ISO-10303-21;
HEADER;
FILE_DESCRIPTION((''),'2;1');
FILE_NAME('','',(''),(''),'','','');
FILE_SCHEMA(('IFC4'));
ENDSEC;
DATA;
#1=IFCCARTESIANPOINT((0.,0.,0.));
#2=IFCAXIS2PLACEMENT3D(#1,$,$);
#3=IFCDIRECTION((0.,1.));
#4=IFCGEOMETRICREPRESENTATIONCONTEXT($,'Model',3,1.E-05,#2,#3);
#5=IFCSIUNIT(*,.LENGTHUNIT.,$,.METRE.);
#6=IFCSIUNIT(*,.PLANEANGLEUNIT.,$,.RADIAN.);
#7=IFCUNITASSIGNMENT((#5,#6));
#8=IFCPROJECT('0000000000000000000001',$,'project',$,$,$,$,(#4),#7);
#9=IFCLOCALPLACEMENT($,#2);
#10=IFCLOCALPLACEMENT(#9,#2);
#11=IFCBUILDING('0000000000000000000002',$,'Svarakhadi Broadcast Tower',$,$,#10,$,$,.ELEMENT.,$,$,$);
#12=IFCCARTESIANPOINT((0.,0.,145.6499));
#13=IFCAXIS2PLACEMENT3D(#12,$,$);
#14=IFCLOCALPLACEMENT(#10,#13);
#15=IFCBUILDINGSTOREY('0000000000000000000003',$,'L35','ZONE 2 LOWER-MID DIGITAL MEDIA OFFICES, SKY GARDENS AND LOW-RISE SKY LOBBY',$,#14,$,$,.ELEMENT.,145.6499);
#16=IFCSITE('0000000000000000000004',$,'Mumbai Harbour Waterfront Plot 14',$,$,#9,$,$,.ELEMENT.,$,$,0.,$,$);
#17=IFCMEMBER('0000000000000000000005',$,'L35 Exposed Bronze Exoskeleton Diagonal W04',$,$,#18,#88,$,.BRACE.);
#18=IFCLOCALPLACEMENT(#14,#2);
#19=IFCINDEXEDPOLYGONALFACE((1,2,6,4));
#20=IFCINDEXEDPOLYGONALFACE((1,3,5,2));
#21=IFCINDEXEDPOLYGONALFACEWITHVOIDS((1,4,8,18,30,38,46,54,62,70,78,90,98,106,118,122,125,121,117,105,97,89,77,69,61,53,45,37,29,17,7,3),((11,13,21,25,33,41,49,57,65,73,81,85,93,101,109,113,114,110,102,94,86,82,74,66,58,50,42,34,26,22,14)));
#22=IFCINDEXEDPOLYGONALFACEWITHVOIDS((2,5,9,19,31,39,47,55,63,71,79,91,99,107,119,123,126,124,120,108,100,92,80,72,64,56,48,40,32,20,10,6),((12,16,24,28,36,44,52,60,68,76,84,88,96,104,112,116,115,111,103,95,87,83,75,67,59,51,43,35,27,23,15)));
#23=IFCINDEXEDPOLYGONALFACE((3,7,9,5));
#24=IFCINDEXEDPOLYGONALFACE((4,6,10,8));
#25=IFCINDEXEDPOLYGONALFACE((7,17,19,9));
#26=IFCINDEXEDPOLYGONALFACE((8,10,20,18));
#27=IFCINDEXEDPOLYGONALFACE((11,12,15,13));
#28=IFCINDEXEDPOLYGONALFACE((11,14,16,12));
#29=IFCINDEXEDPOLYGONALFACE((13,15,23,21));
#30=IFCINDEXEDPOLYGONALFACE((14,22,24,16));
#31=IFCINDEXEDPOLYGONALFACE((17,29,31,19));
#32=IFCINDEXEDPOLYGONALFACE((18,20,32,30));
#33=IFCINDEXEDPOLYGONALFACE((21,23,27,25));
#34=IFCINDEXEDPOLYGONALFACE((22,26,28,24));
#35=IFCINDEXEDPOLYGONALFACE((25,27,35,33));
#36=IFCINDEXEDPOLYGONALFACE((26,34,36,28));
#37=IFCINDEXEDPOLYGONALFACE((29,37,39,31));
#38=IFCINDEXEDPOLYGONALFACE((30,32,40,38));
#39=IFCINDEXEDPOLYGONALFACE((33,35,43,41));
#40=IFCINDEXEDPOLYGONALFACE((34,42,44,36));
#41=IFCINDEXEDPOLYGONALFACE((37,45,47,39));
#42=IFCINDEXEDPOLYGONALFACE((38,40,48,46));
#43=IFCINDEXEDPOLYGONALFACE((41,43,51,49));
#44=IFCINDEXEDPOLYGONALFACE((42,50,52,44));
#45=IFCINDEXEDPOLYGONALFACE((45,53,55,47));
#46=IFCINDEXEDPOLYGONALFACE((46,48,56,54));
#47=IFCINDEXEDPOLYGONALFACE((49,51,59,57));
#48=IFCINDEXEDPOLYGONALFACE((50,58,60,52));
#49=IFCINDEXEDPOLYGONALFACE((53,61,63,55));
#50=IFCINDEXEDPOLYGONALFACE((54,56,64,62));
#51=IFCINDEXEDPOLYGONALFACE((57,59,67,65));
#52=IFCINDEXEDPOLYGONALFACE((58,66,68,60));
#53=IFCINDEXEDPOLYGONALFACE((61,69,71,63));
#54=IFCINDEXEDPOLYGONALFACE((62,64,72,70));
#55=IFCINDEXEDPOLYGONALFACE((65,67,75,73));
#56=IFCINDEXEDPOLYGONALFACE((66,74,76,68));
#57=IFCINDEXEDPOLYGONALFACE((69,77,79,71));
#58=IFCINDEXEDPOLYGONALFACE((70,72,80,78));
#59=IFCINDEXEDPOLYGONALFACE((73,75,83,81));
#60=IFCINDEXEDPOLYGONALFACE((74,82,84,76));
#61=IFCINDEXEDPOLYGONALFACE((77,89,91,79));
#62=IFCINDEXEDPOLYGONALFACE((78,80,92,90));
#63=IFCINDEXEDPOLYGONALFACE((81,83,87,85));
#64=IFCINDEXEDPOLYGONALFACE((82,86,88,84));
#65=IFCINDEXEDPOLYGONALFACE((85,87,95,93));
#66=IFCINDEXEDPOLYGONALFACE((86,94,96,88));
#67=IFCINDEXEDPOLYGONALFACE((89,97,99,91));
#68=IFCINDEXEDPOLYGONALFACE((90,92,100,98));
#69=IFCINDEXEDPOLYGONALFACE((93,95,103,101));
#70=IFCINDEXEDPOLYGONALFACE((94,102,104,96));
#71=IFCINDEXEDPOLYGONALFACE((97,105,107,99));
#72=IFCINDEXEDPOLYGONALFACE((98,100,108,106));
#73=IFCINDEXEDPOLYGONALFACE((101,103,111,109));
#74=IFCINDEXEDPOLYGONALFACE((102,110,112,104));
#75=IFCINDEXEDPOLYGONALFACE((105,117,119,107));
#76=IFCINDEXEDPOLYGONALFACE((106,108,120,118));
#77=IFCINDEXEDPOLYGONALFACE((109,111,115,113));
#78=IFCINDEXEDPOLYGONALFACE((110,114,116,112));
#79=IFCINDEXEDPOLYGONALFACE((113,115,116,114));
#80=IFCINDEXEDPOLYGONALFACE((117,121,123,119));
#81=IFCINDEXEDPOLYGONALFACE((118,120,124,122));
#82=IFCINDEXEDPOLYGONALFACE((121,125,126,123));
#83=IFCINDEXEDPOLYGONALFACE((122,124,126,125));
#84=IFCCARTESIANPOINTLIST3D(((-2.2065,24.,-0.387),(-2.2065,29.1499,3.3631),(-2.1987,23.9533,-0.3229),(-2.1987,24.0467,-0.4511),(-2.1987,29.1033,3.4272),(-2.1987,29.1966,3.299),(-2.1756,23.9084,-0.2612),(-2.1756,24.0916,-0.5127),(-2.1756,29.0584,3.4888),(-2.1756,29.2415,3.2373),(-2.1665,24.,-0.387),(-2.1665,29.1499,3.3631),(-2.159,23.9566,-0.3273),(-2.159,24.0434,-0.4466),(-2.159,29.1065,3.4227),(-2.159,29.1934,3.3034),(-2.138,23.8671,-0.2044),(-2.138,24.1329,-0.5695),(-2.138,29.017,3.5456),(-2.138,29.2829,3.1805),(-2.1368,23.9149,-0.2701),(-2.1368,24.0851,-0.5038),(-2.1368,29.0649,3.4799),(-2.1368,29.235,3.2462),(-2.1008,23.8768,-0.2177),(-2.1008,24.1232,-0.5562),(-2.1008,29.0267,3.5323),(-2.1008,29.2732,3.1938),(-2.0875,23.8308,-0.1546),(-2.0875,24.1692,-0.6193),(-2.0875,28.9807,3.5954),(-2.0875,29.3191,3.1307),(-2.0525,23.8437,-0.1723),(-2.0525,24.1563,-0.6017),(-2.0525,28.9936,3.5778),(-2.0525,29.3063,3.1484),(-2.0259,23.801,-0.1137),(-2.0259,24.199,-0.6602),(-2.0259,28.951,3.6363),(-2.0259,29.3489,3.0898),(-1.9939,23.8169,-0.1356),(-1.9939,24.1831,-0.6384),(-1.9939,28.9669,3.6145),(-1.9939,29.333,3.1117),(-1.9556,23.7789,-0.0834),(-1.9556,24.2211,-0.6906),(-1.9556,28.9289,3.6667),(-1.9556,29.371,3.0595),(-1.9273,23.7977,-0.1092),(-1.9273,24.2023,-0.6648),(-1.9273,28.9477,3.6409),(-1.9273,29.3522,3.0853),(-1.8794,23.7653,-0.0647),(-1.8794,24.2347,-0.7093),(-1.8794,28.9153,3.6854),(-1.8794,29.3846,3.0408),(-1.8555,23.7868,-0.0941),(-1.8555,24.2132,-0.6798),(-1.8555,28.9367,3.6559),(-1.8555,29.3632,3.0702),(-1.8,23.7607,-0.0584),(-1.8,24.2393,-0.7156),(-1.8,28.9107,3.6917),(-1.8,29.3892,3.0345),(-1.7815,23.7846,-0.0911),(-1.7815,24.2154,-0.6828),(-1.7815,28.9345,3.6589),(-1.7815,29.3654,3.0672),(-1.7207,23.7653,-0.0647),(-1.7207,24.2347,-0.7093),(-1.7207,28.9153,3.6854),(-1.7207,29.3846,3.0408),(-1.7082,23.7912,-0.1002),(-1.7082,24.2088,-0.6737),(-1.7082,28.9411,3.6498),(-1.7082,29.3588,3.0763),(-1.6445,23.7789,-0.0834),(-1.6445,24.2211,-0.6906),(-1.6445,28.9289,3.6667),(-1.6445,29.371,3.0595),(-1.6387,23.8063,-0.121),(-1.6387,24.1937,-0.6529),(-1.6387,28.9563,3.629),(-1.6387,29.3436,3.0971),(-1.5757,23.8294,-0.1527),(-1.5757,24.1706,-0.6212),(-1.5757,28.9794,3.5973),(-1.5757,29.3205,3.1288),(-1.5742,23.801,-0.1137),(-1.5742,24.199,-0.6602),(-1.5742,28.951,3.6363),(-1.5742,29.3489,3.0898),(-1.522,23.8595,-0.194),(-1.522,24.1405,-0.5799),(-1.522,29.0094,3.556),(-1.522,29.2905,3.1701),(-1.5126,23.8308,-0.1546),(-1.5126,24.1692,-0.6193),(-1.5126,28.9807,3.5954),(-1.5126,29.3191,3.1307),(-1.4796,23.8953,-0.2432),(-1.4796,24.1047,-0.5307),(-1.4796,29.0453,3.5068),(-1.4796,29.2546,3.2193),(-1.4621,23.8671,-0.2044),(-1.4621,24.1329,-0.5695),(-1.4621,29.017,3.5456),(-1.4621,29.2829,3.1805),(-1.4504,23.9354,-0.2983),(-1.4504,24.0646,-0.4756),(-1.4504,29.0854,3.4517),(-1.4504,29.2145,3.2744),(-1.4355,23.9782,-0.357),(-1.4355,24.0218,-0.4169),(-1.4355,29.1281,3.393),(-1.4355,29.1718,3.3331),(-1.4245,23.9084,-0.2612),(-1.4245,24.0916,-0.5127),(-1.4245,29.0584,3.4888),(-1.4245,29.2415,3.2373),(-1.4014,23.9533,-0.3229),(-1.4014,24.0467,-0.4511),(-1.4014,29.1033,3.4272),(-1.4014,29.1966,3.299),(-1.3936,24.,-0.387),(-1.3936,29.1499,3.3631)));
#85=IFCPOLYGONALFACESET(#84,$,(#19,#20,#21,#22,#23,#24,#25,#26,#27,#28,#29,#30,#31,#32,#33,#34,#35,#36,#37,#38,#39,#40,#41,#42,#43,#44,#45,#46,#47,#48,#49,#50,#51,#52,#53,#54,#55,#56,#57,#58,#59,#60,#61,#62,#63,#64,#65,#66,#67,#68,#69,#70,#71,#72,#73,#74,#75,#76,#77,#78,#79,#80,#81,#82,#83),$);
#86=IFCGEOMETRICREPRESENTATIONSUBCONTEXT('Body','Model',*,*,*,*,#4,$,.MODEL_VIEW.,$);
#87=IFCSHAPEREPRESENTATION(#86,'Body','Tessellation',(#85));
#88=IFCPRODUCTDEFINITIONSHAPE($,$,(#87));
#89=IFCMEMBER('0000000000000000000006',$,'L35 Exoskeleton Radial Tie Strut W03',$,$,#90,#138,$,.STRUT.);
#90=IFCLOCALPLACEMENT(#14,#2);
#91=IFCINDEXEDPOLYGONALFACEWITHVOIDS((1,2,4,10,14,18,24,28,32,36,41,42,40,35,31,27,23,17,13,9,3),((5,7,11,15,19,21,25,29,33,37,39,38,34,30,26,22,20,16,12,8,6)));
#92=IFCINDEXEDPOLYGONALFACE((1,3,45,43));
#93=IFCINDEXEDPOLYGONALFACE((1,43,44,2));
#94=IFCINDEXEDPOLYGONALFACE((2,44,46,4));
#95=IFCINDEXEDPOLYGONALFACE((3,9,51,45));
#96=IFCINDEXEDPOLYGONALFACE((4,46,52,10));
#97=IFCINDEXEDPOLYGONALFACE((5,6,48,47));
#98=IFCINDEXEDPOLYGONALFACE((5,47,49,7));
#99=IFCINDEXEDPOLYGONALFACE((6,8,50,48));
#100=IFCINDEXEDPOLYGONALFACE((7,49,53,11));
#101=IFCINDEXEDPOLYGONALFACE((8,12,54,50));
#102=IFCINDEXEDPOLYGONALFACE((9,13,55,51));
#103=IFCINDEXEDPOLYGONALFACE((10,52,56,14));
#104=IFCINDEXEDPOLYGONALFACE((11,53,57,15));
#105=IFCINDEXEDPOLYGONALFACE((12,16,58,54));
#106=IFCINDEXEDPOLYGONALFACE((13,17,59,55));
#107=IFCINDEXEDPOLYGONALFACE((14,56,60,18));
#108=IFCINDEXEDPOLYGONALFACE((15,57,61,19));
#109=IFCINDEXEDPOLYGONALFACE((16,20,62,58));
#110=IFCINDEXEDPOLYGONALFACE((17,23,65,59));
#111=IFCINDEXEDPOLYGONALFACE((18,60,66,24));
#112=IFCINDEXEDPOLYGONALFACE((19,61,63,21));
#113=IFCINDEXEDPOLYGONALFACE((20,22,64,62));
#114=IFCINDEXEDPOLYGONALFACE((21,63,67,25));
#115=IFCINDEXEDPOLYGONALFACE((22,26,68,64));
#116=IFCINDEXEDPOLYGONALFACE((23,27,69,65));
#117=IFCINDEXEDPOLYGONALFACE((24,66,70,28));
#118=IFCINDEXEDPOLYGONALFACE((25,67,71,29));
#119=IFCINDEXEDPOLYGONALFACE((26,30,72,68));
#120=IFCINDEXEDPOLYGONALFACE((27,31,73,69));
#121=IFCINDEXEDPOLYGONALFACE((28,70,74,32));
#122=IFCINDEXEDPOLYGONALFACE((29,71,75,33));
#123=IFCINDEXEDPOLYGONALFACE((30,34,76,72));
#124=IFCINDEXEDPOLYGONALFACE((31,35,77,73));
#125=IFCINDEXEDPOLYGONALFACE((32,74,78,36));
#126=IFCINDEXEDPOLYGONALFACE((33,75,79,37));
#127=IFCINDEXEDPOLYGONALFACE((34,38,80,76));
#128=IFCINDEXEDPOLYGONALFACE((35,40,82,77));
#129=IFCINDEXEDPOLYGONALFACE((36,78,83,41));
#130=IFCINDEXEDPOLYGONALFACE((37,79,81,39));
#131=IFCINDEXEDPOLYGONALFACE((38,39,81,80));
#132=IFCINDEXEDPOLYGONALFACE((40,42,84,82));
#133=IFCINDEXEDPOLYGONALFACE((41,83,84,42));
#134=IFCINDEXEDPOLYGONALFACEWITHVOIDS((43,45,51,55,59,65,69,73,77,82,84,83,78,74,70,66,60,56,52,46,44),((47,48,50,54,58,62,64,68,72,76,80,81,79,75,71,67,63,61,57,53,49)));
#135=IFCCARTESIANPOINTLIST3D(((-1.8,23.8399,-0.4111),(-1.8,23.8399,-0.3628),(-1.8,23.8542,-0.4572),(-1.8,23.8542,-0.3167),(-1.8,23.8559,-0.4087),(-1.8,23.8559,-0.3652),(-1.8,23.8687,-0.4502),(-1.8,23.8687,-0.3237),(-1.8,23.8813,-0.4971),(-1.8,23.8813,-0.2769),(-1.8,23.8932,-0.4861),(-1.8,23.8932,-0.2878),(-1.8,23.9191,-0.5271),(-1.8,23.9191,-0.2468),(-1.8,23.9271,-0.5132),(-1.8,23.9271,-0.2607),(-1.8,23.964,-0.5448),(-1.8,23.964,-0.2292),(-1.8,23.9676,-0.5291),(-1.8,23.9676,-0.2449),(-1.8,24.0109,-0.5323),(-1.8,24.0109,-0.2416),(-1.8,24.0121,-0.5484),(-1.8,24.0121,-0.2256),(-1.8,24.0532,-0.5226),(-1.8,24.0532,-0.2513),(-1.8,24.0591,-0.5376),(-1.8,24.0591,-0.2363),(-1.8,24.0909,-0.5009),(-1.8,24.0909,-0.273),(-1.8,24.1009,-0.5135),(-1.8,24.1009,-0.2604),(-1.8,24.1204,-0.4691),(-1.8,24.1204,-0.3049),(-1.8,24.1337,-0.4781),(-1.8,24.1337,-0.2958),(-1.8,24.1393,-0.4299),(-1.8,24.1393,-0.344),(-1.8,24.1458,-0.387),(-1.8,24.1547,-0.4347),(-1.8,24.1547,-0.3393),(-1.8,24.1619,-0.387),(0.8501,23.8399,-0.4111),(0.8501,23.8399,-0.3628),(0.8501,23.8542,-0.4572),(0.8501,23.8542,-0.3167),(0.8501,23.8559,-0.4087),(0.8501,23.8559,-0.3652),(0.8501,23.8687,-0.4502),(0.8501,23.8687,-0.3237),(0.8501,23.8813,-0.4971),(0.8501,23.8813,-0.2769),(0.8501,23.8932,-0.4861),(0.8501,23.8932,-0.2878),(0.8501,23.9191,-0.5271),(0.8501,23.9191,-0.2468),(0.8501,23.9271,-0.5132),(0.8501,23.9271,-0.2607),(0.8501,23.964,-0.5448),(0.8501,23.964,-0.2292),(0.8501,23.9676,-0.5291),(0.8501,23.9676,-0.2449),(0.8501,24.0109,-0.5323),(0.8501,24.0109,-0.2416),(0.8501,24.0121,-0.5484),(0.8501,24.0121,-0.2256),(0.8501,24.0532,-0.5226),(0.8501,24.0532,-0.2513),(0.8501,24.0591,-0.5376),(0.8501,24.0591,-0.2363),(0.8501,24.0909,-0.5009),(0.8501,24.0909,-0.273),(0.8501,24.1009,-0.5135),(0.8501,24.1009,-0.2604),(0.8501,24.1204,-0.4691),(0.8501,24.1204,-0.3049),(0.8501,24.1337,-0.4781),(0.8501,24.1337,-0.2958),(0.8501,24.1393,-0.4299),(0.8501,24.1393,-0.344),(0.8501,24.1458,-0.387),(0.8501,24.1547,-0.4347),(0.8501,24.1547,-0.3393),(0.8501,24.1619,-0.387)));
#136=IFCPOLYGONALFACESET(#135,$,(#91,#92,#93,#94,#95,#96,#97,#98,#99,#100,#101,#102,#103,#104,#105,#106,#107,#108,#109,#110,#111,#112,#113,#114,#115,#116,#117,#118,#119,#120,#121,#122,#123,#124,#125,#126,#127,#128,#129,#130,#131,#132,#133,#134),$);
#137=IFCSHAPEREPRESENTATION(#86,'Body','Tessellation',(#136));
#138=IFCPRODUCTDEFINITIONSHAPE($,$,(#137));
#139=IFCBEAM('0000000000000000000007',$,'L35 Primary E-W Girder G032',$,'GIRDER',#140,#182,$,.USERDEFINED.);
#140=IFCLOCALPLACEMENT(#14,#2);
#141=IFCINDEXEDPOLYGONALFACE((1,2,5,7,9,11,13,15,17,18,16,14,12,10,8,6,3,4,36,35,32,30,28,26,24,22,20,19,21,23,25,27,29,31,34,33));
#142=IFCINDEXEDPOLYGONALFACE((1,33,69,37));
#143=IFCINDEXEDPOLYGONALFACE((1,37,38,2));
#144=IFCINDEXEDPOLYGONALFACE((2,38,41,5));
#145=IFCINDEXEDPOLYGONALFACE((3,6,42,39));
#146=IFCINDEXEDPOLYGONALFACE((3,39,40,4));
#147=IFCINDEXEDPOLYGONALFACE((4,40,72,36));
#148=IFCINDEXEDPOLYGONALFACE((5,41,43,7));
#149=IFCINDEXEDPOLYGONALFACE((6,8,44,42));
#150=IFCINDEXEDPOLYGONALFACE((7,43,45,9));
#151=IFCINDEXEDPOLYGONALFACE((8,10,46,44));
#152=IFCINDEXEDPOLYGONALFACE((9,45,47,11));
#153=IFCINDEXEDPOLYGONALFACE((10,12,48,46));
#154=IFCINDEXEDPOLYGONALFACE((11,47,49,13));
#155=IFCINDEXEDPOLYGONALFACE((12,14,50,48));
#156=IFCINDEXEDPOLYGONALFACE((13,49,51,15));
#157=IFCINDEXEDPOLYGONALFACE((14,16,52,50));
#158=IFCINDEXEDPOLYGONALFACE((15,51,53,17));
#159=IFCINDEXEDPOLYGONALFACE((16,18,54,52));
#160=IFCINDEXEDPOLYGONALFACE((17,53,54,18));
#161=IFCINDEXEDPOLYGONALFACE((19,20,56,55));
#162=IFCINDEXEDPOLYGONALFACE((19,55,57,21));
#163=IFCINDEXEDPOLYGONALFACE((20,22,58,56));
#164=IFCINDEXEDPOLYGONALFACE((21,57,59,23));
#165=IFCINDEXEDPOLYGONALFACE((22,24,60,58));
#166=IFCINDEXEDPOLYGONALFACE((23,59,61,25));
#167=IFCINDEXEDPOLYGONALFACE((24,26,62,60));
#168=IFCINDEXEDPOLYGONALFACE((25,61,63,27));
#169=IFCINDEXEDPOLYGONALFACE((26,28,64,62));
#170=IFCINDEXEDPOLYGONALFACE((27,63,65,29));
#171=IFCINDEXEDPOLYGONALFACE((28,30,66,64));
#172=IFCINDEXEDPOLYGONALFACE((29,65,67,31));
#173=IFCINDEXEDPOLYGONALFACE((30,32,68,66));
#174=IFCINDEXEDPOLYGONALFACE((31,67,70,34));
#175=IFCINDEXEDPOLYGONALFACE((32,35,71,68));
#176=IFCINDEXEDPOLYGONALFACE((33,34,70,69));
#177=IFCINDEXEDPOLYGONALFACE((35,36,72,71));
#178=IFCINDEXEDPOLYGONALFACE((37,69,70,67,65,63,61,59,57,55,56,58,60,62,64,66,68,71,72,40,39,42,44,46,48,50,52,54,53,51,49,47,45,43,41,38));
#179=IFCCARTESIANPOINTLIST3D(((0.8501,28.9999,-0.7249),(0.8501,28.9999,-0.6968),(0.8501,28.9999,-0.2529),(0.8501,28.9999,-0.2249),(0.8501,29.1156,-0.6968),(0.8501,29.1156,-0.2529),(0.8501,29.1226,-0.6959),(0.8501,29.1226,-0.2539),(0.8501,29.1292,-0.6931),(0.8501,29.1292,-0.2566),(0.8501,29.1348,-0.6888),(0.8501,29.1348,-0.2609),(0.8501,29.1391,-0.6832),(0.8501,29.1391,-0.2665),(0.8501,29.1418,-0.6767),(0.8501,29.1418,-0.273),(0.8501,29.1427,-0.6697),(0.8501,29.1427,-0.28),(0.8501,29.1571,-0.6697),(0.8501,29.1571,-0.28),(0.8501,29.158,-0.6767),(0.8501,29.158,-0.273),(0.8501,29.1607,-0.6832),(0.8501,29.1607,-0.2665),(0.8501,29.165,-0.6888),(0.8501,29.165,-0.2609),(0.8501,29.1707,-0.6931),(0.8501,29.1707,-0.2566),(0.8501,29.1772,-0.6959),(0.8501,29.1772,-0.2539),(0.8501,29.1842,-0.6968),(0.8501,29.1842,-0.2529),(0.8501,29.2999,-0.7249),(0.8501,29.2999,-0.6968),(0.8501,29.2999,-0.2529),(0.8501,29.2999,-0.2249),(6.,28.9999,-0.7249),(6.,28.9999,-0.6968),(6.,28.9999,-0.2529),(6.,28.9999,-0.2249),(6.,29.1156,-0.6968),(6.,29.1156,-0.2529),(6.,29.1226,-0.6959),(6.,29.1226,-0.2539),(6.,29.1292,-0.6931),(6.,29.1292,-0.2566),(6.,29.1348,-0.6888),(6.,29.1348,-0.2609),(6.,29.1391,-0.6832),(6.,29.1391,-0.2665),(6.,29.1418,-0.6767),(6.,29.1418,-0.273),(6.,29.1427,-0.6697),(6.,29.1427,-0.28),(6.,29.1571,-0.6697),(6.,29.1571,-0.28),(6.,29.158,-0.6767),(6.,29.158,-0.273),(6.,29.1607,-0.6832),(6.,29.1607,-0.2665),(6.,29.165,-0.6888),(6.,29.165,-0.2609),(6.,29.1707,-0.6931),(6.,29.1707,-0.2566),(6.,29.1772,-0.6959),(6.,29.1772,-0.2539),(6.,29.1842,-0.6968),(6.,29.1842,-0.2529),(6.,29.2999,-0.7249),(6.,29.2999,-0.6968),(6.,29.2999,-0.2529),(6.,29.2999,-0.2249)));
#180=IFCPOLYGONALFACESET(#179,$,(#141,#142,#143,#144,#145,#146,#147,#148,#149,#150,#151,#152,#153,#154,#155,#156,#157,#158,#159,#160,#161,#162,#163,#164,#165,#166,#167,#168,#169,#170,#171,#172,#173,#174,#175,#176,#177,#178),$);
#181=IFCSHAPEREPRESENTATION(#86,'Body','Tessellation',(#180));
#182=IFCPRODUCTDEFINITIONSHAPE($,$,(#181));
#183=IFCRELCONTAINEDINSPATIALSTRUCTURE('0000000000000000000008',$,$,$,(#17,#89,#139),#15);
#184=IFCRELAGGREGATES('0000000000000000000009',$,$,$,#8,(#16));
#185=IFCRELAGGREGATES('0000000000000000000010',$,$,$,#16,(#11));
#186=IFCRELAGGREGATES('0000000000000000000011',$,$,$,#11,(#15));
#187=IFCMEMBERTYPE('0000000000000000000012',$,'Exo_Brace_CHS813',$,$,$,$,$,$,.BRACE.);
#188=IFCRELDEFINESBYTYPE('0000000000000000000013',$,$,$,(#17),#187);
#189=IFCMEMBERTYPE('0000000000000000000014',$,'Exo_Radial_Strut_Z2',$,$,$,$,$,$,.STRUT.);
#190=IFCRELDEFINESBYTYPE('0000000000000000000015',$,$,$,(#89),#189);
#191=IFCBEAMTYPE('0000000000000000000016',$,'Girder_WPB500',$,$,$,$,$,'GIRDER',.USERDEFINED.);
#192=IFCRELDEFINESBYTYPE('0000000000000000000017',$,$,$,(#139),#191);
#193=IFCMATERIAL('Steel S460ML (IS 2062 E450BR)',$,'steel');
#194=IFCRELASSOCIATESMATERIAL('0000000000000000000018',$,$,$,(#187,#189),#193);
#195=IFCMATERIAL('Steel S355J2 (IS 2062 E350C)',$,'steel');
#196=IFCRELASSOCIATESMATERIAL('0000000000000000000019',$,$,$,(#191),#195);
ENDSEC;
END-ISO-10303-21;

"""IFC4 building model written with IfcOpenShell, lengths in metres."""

from ifc_helpers import new_model, si_unit, direction, frame, origin, origin_2d, place, context, subcontext, project, spatial, hollow_circle, i_section, extrude, material, material_profile, profile_set, type_object, element, save


model = new_model("IFC4")

# Units and contexts
model_context = context("Model", 3, precision=1e-05, world=origin(), true_north=direction((0.0, 1.0)))
body_context = subcontext(model_context, "Body", "Model", "MODEL_VIEW")
ifc_project = project(units=[si_unit("LENGTHUNIT", "METRE"), si_unit("PLANEANGLEUNIT", "RADIAN")], contexts=[model_context])

# Site, building, storey
site_placement = place(None, origin())
site = spatial("IfcSite", under=ifc_project, at=site_placement, Name="Mumbai Harbour Waterfront Plot 14", CompositionType="ELEMENT", RefElevation=0.0)
building_placement = place(site_placement, origin())
building = spatial("IfcBuilding", under=site, at=building_placement, Name="Svarakhadi Broadcast Tower", CompositionType="ELEMENT")
storey_placement = place(building_placement, frame((0.0, 0.0, 145.6499)))
storey = spatial("IfcBuildingStorey", under=building, at=storey_placement, Name="L35", Description="ZONE 2 LOWER-MID DIGITAL MEDIA OFFICES, SKY GARDENS AND LOW-RISE SKY LOBBY", CompositionType="ELEMENT", Elevation=145.6499)

# Shared definitions
ifc_material_1 = material(Name="Steel S460ML (IS 2062 E450BR)", Category="steel")

# Shared definitions
ifc_material_2 = material(Name="Steel S355J2 (IS 2062 E350C)", Category="steel")

# Members
ifc_material_profile_1 = material_profile(ifc_material_1, hollow_circle(Radius=0.4065, WallThickness=0.04, at=origin_2d()), Name="CHS 813x40")
ifc_profile_set_1 = profile_set([ifc_material_profile_1], Name="Steel S460ML (IS 2062 E450BR)")
member_type_1 = type_object("IfcMemberType", Name="Exo_Brace_CHS813", PredefinedType="BRACE", material=ifc_profile_set_1)
member_1_placement = place(storey_placement, frame((-1.8, 24.0, -0.387), z_axis=(0.0, 0.808391, 0.588646), x_axis=(-1.0, 0.0, 0.0)))
element("IfcMember", 1, at=member_1_placement, inside=storey, type_object=member_type_1, Name="L35 Exposed Bronze Exoskeleton Diagonal W04", PredefinedType="BRACE", context=body_context, shape_type="SweptSolid", body=[
    extrude(hollow_circle(Radius=0.4065, WallThickness=0.04, at=origin_2d()), origin(), (0.0, 0.0, 1.0), 6.3706),
])
ifc_material_profile_2 = material_profile(ifc_material_1, hollow_circle(Radius=0.1619, WallThickness=0.0161, at=origin_2d()), Name="CHS 323.9x16")
ifc_profile_set_2 = profile_set([ifc_material_profile_2], Name="Steel S460ML (IS 2062 E450BR)")
member_type_2 = type_object("IfcMemberType", Name="Exo_Radial_Strut_Z2", PredefinedType="STRUT", material=ifc_profile_set_2)
member_2_placement = place(storey_placement, frame((-1.8, 24.0, -0.387), z_axis=(1.0, 0.0, 0.0), x_axis=(0.0, 1.0, 0.0)))
element("IfcMember", 2, at=member_2_placement, inside=storey, type_object=member_type_2, Name="L35 Exoskeleton Radial Tie Strut W03", PredefinedType="STRUT", context=body_context, shape_type="SweptSolid", body=[
    extrude(hollow_circle(Radius=0.1619, WallThickness=0.0161, at=origin_2d()), origin(), (0.0, 0.0, 1.0), 2.6501),
])

# Beam
ifc_material_profile_3 = material_profile(ifc_material_2, i_section(OverallWidth=0.3, OverallDepth=0.5, WebThickness=0.0144, FlangeThickness=0.0281, FilletRadius=0.0271, at=origin_2d()), Name="WPB 500x300x187")
ifc_profile_set_3 = profile_set([ifc_material_profile_3], Name="Steel S355J2 (IS 2062 E350C)")
beam_type_1 = type_object("IfcBeamType", Name="Girder_WPB500", ElementType="GIRDER", PredefinedType="USERDEFINED", material=ifc_profile_set_3)
beam_1_placement = place(storey_placement, frame((0.8501, 29.1499, -0.4749), z_axis=(1.0, 0.0, 0.0), x_axis=(0.0, 1.0, 0.0)))
element("IfcBeam", 3, at=beam_1_placement, inside=storey, type_object=beam_type_1, Name="L35 Primary E-W Girder G032", ObjectType="GIRDER", PredefinedType="USERDEFINED", context=body_context, shape_type="SweptSolid", body=[
    extrude(i_section(OverallWidth=0.3, OverallDepth=0.5, WebThickness=0.0144, FlangeThickness=0.0281, FilletRadius=0.0271, at=origin_2d()), origin(), (0.0, 0.0, 1.0), 5.1499),
])

save(model, "model.ifc")
